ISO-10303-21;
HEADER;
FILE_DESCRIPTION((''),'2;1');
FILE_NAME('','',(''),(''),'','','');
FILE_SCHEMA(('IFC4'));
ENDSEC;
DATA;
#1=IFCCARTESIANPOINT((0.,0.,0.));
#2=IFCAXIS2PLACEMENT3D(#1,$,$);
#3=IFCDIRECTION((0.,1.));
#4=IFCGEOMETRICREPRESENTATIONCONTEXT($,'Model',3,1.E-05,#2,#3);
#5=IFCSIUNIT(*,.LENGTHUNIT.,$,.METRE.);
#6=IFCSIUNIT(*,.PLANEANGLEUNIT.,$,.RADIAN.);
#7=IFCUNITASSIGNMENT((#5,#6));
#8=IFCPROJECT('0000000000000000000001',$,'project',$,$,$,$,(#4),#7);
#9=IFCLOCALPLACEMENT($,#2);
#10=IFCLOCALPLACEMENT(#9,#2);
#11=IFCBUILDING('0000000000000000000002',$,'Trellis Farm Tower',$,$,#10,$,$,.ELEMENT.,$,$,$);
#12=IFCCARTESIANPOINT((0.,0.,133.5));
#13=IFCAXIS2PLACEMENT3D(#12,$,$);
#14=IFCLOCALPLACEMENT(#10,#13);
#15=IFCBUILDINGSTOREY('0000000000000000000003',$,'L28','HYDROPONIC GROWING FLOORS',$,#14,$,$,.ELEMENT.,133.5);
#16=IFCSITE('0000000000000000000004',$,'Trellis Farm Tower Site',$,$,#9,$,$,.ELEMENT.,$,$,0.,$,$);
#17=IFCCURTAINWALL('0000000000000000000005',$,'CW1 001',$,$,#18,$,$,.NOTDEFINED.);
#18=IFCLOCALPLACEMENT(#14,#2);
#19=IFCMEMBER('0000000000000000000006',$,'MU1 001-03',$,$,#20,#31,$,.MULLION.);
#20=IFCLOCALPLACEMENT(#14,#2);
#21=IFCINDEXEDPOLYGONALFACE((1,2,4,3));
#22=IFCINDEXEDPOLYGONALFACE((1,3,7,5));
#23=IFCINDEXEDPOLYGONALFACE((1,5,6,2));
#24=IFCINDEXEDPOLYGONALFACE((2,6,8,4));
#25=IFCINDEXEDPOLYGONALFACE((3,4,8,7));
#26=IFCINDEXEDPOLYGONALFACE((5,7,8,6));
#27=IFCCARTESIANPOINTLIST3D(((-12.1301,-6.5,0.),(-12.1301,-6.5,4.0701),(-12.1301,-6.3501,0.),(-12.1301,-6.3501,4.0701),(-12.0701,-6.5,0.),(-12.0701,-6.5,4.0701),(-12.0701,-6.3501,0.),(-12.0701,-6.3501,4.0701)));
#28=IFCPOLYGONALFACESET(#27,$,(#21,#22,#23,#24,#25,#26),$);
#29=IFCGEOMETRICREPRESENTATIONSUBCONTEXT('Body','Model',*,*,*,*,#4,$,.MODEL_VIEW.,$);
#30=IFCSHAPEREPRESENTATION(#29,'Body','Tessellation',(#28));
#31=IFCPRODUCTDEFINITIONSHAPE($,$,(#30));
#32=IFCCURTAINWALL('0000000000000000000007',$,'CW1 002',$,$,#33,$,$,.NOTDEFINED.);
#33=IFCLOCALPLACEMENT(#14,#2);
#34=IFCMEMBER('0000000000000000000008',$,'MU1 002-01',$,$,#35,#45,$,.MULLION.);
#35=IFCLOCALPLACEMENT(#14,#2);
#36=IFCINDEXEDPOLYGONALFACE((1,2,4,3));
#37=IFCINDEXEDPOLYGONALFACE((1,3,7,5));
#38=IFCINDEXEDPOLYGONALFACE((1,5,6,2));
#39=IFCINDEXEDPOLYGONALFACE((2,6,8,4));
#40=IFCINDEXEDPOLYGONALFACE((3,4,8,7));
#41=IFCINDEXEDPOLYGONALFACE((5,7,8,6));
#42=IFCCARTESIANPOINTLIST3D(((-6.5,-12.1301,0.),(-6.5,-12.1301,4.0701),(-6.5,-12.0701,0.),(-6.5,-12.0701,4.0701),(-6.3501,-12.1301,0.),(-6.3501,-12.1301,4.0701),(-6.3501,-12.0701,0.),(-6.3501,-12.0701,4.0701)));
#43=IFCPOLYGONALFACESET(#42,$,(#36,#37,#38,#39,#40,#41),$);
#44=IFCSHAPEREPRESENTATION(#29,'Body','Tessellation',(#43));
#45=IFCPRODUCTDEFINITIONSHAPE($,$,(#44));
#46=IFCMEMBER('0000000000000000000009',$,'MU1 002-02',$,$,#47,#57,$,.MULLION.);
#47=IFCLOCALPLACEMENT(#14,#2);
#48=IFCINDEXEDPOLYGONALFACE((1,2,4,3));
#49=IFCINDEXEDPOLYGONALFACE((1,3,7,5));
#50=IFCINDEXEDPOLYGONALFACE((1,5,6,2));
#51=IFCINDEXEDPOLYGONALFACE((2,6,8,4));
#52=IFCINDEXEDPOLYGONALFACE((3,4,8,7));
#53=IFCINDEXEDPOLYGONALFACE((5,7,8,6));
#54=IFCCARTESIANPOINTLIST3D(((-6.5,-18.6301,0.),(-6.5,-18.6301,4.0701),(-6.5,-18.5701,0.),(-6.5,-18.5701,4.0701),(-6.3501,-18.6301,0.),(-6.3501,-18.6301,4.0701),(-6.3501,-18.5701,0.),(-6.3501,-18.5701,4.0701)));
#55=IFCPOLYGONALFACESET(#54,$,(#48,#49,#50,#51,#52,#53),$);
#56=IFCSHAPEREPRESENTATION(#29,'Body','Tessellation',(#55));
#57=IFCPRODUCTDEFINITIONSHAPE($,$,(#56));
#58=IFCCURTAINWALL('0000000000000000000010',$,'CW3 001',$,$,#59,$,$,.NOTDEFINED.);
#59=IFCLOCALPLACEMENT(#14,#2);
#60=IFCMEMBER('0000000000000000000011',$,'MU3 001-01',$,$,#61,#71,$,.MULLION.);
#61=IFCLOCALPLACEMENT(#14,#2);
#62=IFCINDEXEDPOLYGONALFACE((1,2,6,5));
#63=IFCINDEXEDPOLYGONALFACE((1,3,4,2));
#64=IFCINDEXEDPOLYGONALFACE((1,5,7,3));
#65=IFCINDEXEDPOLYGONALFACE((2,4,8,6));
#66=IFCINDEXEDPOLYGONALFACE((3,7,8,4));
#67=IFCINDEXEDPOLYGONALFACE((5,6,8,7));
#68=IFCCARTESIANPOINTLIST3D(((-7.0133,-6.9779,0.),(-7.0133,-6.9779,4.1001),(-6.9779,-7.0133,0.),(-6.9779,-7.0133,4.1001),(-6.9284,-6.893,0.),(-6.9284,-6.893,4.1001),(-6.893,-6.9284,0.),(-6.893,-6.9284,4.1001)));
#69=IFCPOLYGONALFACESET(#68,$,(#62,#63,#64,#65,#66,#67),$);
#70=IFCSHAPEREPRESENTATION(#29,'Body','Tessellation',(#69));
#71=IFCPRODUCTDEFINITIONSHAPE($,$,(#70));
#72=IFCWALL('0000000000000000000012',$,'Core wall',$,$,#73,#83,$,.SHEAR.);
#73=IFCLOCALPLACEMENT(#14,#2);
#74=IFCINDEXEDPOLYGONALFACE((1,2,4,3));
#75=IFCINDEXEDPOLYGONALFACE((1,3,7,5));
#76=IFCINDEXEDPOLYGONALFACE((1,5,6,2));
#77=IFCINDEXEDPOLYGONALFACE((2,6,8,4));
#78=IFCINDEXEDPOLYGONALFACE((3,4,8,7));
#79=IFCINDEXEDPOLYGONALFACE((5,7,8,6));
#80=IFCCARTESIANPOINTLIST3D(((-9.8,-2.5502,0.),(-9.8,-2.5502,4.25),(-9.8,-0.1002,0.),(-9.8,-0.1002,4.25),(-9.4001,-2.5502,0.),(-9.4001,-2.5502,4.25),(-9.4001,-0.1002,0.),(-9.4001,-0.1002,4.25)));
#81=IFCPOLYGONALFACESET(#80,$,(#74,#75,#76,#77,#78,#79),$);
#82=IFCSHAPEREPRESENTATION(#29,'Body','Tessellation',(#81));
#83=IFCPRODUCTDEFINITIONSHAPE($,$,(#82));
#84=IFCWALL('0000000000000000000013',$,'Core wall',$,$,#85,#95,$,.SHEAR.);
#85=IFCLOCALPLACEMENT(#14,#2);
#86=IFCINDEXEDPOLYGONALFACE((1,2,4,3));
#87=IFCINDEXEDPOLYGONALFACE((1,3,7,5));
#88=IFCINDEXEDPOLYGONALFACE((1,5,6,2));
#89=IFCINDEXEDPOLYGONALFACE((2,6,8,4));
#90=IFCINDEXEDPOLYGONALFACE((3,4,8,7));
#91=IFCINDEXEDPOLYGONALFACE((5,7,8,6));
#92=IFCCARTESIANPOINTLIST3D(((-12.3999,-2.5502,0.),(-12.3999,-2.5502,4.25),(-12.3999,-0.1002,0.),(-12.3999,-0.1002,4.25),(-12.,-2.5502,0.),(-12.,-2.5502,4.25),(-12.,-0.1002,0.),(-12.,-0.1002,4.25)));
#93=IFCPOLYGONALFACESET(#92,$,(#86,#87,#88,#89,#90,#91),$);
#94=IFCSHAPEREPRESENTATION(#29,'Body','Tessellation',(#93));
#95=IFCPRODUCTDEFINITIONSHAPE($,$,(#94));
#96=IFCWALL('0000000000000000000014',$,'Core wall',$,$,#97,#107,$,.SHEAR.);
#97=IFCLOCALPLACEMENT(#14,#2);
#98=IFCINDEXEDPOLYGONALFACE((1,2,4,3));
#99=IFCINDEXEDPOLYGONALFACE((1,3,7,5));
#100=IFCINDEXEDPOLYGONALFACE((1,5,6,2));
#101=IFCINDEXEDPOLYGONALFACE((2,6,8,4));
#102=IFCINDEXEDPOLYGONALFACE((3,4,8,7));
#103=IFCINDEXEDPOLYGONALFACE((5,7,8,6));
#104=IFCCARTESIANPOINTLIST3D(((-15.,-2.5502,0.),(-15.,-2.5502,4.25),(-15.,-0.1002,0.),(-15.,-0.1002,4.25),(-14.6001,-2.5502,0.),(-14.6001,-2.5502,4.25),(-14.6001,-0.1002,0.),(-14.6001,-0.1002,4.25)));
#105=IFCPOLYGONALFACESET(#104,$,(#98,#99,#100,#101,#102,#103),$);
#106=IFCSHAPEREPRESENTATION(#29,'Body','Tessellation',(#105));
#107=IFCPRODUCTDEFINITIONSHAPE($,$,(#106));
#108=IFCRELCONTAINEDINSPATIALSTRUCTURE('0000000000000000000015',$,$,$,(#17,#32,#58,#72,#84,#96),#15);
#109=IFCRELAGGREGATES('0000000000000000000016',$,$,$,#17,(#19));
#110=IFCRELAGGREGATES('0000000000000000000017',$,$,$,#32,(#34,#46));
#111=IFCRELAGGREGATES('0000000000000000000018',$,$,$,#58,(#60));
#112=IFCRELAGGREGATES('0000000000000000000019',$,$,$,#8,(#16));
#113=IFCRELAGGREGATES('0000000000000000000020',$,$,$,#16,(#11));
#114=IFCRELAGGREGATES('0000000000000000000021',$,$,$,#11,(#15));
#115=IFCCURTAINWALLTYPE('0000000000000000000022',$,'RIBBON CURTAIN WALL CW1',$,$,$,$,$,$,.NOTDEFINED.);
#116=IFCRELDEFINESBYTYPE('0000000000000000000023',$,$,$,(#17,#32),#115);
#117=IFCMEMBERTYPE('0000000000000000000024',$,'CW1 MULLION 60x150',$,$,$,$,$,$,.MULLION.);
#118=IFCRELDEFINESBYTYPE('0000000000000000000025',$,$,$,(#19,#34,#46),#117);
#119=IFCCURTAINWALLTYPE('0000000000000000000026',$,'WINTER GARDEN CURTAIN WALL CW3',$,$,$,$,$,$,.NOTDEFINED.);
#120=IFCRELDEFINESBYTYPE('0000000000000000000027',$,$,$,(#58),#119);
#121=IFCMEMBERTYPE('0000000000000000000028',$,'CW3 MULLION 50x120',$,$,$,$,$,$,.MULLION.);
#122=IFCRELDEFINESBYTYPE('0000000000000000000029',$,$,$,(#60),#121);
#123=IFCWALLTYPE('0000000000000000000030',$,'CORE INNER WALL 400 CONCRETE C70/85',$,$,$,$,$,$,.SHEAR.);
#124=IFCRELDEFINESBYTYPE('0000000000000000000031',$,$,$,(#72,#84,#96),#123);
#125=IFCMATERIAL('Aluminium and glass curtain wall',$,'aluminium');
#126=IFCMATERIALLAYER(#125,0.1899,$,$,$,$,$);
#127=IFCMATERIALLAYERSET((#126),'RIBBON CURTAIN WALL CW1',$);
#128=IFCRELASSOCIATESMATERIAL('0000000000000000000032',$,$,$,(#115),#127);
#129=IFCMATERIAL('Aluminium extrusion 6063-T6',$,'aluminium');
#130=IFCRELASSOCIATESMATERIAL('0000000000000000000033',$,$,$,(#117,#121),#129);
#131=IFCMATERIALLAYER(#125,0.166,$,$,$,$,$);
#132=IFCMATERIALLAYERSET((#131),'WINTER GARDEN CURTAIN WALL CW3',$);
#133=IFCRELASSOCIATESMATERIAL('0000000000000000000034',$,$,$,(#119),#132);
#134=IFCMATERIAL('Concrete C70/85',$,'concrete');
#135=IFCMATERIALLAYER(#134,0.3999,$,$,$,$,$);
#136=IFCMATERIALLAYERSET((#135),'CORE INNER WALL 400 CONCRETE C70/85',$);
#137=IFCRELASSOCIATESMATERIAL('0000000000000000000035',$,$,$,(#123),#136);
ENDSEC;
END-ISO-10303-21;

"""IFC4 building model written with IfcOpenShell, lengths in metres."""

from ifc_helpers import new_model, si_unit, direction, frame, frame_2d, origin, origin_2d, place, context, subcontext, project, spatial, rectangle, extrude, source, transform, mapped, material, layer, layer_set, material_profile, profile_set, type_object, element, aggregate, save


model = new_model("IFC4")

# Units and contexts
model_context = context("Model", 3, precision=1e-05, world=origin(), true_north=direction((0.0, 1.0)))
body_context = subcontext(model_context, "Body", "Model", "MODEL_VIEW")
ifc_project = project(units=[si_unit("LENGTHUNIT", "METRE"), si_unit("PLANEANGLEUNIT", "RADIAN")], contexts=[model_context])

# Site, building, storey
site_placement = place(None, origin())
site = spatial("IfcSite", under=ifc_project, at=site_placement, Name="Trellis Farm Tower Site", CompositionType="ELEMENT", RefElevation=0.0)
building_placement = place(site_placement, origin())
building = spatial("IfcBuilding", under=site, at=building_placement, Name="Trellis Farm Tower", CompositionType="ELEMENT")
storey_placement = place(building_placement, frame((0.0, 0.0, 133.5)))
storey = spatial("IfcBuildingStorey", under=building, at=storey_placement, Name="L28", Description="HYDROPONIC GROWING FLOORS", CompositionType="ELEMENT", Elevation=133.5)

# Curtain wall, member
ifc_material_1 = material(Name="Aluminium and glass curtain wall", Category="aluminium")
ifc_layer_1 = layer(ifc_material_1, 0.1899)
ifc_layer_set_1 = layer_set([ifc_layer_1], Name="RIBBON CURTAIN WALL CW1")
curtain_wall_type_1 = type_object("IfcCurtainWallType", Name="RIBBON CURTAIN WALL CW1", PredefinedType="NOTDEFINED", material=ifc_layer_set_1)
placement = place(storey_placement, origin())
curtain_wall_1 = element("IfcCurtainWall", 1, at=placement, inside=storey, type_object=curtain_wall_type_1, Name="CW1 001", PredefinedType="NOTDEFINED")
ifc_material_2 = material(Name="Aluminium extrusion 6063-T6", Category="aluminium")
ifc_material_profile_1 = material_profile(ifc_material_2, rectangle(XDim=0.0601, YDim=0.1499, at=origin_2d()), Name="MULLION 60x150")
ifc_profile_set_1 = profile_set([ifc_material_profile_1], Name="Aluminium extrusion 6063-T6")
member_type_1 = type_object("IfcMemberType", Name="CW1 MULLION 60x150", PredefinedType="MULLION", material=ifc_profile_set_1)
shared_shape_1 = source(origin(), body_context, "Body", "SweptSolid", [
    extrude(rectangle(XDim=0.0601, YDim=0.1499, at=origin_2d()), origin(), (0.0, 0.0, 1.0), 4.0701),
])
member_1_placement = place(storey_placement, frame((-12.1001, -6.425, 0.0), z_axis=(0.0, 0.0, 1.0), x_axis=(1.0, 0.0, 0.0)))
member_1 = element("IfcMember", 2, at=member_1_placement, type_object=member_type_1, Name="MU1 001-03", PredefinedType="MULLION", context=body_context, shape_type="MappedRepresentation", body=[
    mapped(shared_shape_1, transform((0.0, 0.0, 0.0))),
])
aggregate(curtain_wall_1, [member_1])

# Curtain wall, members
curtain_wall_2 = element("IfcCurtainWall", 3, at=placement, inside=storey, type_object=curtain_wall_type_1, Name="CW1 002", PredefinedType="NOTDEFINED")
member_2_placement = place(storey_placement, frame((-6.425, -12.1001, 0.0), z_axis=(0.0, 0.0, 1.0), x_axis=(0.0, -1.0, 0.0)))
member_2 = element("IfcMember", 4, at=member_2_placement, type_object=member_type_1, Name="MU1 002-01", PredefinedType="MULLION", context=body_context, shape_type="MappedRepresentation", body=[
    mapped(shared_shape_1, transform((0.0, 0.0, 0.0))),
])
member_3_placement = place(storey_placement, frame((-6.425, -18.6001, 0.0), z_axis=(0.0, 0.0, 1.0), x_axis=(0.0, -1.0, 0.0)))
member_3 = element("IfcMember", 5, at=member_3_placement, type_object=member_type_1, Name="MU1 002-02", PredefinedType="MULLION", context=body_context, shape_type="MappedRepresentation", body=[
    mapped(shared_shape_1, transform((0.0, 0.0, 0.0))),
])
aggregate(curtain_wall_2, [member_2, member_3])

# Curtain wall, member
ifc_layer_2 = layer(ifc_material_1, 0.166)
ifc_layer_set_2 = layer_set([ifc_layer_2], Name="WINTER GARDEN CURTAIN WALL CW3")
curtain_wall_type_2 = type_object("IfcCurtainWallType", Name="WINTER GARDEN CURTAIN WALL CW3", PredefinedType="NOTDEFINED", material=ifc_layer_set_2)
curtain_wall_3 = element("IfcCurtainWall", 6, at=placement, inside=storey, type_object=curtain_wall_type_2, Name="CW3 001", PredefinedType="NOTDEFINED")
ifc_material_profile_2 = material_profile(ifc_material_2, rectangle(XDim=0.05, YDim=0.1201, at=origin_2d()), Name="MULLION 50x120")
ifc_profile_set_2 = profile_set([ifc_material_profile_2], Name="Aluminium extrusion 6063-T6")
member_type_2 = type_object("IfcMemberType", Name="CW3 MULLION 50x120", PredefinedType="MULLION", material=ifc_profile_set_2)
shared_shape_2 = source(origin(), body_context, "Body", "SweptSolid", [
    extrude(rectangle(XDim=0.05, YDim=0.1201, at=origin_2d()), origin(), (0.0, 0.0, 1.0), 4.1001),
])
member_4_placement = place(storey_placement, frame((-6.9531, -6.9531, 0.0), z_axis=(0.0, 0.0, 1.0), x_axis=(0.707107, -0.707107, 0.0)))
member_4 = element("IfcMember", 7, at=member_4_placement, type_object=member_type_2, Name="MU3 001-01", PredefinedType="MULLION", context=body_context, shape_type="MappedRepresentation", body=[
    mapped(shared_shape_2, transform((0.0, 0.0, 0.0))),
])
aggregate(curtain_wall_3, [member_4])

# Walls
ifc_material_3 = material(Name="Concrete C70/85", Category="concrete")
ifc_layer_3 = layer(ifc_material_3, 0.3999)
ifc_layer_set_3 = layer_set([ifc_layer_3], Name="CORE INNER WALL 400 CONCRETE C70/85")
wall_type_1 = type_object("IfcWallType", Name="CORE INNER WALL 400 CONCRETE C70/85", PredefinedType="SHEAR", material=ifc_layer_set_3)
shared_shape_3 = source(origin(), body_context, "Body", "SweptSolid", [
    extrude(rectangle(XDim=2.45, YDim=0.3999, at=frame_2d((1.2251, 0.0))), origin(), (0.0, 0.0, 1.0), 4.25),
])
for number, where, z_axis, x_axis, name in (
    (8, (-9.6001, -0.1001, 0.0), (0.0, 0.0, 1.0), (0.0, -1.0, 0.0), "Core wall"),
    (9, (-12.2, -0.1001, 0.0), (0.0, 0.0, 1.0), (0.0, -1.0, 0.0), "Core wall"),
    (10, (-14.8, -0.1001, 0.0), (0.0, 0.0, 1.0), (0.0, -1.0, 0.0), "Core wall"),
):
    element("IfcWall", number, at=place(storey_placement, frame(where, z_axis=z_axis, x_axis=x_axis)), inside=storey, type_object=wall_type_1, Name=name, PredefinedType="SHEAR", context=body_context, shape_type="MappedRepresentation", body=[
        mapped(shared_shape_3, transform((0.0, 0.0, 0.0))),
    ])

save(model, "model.ifc")
